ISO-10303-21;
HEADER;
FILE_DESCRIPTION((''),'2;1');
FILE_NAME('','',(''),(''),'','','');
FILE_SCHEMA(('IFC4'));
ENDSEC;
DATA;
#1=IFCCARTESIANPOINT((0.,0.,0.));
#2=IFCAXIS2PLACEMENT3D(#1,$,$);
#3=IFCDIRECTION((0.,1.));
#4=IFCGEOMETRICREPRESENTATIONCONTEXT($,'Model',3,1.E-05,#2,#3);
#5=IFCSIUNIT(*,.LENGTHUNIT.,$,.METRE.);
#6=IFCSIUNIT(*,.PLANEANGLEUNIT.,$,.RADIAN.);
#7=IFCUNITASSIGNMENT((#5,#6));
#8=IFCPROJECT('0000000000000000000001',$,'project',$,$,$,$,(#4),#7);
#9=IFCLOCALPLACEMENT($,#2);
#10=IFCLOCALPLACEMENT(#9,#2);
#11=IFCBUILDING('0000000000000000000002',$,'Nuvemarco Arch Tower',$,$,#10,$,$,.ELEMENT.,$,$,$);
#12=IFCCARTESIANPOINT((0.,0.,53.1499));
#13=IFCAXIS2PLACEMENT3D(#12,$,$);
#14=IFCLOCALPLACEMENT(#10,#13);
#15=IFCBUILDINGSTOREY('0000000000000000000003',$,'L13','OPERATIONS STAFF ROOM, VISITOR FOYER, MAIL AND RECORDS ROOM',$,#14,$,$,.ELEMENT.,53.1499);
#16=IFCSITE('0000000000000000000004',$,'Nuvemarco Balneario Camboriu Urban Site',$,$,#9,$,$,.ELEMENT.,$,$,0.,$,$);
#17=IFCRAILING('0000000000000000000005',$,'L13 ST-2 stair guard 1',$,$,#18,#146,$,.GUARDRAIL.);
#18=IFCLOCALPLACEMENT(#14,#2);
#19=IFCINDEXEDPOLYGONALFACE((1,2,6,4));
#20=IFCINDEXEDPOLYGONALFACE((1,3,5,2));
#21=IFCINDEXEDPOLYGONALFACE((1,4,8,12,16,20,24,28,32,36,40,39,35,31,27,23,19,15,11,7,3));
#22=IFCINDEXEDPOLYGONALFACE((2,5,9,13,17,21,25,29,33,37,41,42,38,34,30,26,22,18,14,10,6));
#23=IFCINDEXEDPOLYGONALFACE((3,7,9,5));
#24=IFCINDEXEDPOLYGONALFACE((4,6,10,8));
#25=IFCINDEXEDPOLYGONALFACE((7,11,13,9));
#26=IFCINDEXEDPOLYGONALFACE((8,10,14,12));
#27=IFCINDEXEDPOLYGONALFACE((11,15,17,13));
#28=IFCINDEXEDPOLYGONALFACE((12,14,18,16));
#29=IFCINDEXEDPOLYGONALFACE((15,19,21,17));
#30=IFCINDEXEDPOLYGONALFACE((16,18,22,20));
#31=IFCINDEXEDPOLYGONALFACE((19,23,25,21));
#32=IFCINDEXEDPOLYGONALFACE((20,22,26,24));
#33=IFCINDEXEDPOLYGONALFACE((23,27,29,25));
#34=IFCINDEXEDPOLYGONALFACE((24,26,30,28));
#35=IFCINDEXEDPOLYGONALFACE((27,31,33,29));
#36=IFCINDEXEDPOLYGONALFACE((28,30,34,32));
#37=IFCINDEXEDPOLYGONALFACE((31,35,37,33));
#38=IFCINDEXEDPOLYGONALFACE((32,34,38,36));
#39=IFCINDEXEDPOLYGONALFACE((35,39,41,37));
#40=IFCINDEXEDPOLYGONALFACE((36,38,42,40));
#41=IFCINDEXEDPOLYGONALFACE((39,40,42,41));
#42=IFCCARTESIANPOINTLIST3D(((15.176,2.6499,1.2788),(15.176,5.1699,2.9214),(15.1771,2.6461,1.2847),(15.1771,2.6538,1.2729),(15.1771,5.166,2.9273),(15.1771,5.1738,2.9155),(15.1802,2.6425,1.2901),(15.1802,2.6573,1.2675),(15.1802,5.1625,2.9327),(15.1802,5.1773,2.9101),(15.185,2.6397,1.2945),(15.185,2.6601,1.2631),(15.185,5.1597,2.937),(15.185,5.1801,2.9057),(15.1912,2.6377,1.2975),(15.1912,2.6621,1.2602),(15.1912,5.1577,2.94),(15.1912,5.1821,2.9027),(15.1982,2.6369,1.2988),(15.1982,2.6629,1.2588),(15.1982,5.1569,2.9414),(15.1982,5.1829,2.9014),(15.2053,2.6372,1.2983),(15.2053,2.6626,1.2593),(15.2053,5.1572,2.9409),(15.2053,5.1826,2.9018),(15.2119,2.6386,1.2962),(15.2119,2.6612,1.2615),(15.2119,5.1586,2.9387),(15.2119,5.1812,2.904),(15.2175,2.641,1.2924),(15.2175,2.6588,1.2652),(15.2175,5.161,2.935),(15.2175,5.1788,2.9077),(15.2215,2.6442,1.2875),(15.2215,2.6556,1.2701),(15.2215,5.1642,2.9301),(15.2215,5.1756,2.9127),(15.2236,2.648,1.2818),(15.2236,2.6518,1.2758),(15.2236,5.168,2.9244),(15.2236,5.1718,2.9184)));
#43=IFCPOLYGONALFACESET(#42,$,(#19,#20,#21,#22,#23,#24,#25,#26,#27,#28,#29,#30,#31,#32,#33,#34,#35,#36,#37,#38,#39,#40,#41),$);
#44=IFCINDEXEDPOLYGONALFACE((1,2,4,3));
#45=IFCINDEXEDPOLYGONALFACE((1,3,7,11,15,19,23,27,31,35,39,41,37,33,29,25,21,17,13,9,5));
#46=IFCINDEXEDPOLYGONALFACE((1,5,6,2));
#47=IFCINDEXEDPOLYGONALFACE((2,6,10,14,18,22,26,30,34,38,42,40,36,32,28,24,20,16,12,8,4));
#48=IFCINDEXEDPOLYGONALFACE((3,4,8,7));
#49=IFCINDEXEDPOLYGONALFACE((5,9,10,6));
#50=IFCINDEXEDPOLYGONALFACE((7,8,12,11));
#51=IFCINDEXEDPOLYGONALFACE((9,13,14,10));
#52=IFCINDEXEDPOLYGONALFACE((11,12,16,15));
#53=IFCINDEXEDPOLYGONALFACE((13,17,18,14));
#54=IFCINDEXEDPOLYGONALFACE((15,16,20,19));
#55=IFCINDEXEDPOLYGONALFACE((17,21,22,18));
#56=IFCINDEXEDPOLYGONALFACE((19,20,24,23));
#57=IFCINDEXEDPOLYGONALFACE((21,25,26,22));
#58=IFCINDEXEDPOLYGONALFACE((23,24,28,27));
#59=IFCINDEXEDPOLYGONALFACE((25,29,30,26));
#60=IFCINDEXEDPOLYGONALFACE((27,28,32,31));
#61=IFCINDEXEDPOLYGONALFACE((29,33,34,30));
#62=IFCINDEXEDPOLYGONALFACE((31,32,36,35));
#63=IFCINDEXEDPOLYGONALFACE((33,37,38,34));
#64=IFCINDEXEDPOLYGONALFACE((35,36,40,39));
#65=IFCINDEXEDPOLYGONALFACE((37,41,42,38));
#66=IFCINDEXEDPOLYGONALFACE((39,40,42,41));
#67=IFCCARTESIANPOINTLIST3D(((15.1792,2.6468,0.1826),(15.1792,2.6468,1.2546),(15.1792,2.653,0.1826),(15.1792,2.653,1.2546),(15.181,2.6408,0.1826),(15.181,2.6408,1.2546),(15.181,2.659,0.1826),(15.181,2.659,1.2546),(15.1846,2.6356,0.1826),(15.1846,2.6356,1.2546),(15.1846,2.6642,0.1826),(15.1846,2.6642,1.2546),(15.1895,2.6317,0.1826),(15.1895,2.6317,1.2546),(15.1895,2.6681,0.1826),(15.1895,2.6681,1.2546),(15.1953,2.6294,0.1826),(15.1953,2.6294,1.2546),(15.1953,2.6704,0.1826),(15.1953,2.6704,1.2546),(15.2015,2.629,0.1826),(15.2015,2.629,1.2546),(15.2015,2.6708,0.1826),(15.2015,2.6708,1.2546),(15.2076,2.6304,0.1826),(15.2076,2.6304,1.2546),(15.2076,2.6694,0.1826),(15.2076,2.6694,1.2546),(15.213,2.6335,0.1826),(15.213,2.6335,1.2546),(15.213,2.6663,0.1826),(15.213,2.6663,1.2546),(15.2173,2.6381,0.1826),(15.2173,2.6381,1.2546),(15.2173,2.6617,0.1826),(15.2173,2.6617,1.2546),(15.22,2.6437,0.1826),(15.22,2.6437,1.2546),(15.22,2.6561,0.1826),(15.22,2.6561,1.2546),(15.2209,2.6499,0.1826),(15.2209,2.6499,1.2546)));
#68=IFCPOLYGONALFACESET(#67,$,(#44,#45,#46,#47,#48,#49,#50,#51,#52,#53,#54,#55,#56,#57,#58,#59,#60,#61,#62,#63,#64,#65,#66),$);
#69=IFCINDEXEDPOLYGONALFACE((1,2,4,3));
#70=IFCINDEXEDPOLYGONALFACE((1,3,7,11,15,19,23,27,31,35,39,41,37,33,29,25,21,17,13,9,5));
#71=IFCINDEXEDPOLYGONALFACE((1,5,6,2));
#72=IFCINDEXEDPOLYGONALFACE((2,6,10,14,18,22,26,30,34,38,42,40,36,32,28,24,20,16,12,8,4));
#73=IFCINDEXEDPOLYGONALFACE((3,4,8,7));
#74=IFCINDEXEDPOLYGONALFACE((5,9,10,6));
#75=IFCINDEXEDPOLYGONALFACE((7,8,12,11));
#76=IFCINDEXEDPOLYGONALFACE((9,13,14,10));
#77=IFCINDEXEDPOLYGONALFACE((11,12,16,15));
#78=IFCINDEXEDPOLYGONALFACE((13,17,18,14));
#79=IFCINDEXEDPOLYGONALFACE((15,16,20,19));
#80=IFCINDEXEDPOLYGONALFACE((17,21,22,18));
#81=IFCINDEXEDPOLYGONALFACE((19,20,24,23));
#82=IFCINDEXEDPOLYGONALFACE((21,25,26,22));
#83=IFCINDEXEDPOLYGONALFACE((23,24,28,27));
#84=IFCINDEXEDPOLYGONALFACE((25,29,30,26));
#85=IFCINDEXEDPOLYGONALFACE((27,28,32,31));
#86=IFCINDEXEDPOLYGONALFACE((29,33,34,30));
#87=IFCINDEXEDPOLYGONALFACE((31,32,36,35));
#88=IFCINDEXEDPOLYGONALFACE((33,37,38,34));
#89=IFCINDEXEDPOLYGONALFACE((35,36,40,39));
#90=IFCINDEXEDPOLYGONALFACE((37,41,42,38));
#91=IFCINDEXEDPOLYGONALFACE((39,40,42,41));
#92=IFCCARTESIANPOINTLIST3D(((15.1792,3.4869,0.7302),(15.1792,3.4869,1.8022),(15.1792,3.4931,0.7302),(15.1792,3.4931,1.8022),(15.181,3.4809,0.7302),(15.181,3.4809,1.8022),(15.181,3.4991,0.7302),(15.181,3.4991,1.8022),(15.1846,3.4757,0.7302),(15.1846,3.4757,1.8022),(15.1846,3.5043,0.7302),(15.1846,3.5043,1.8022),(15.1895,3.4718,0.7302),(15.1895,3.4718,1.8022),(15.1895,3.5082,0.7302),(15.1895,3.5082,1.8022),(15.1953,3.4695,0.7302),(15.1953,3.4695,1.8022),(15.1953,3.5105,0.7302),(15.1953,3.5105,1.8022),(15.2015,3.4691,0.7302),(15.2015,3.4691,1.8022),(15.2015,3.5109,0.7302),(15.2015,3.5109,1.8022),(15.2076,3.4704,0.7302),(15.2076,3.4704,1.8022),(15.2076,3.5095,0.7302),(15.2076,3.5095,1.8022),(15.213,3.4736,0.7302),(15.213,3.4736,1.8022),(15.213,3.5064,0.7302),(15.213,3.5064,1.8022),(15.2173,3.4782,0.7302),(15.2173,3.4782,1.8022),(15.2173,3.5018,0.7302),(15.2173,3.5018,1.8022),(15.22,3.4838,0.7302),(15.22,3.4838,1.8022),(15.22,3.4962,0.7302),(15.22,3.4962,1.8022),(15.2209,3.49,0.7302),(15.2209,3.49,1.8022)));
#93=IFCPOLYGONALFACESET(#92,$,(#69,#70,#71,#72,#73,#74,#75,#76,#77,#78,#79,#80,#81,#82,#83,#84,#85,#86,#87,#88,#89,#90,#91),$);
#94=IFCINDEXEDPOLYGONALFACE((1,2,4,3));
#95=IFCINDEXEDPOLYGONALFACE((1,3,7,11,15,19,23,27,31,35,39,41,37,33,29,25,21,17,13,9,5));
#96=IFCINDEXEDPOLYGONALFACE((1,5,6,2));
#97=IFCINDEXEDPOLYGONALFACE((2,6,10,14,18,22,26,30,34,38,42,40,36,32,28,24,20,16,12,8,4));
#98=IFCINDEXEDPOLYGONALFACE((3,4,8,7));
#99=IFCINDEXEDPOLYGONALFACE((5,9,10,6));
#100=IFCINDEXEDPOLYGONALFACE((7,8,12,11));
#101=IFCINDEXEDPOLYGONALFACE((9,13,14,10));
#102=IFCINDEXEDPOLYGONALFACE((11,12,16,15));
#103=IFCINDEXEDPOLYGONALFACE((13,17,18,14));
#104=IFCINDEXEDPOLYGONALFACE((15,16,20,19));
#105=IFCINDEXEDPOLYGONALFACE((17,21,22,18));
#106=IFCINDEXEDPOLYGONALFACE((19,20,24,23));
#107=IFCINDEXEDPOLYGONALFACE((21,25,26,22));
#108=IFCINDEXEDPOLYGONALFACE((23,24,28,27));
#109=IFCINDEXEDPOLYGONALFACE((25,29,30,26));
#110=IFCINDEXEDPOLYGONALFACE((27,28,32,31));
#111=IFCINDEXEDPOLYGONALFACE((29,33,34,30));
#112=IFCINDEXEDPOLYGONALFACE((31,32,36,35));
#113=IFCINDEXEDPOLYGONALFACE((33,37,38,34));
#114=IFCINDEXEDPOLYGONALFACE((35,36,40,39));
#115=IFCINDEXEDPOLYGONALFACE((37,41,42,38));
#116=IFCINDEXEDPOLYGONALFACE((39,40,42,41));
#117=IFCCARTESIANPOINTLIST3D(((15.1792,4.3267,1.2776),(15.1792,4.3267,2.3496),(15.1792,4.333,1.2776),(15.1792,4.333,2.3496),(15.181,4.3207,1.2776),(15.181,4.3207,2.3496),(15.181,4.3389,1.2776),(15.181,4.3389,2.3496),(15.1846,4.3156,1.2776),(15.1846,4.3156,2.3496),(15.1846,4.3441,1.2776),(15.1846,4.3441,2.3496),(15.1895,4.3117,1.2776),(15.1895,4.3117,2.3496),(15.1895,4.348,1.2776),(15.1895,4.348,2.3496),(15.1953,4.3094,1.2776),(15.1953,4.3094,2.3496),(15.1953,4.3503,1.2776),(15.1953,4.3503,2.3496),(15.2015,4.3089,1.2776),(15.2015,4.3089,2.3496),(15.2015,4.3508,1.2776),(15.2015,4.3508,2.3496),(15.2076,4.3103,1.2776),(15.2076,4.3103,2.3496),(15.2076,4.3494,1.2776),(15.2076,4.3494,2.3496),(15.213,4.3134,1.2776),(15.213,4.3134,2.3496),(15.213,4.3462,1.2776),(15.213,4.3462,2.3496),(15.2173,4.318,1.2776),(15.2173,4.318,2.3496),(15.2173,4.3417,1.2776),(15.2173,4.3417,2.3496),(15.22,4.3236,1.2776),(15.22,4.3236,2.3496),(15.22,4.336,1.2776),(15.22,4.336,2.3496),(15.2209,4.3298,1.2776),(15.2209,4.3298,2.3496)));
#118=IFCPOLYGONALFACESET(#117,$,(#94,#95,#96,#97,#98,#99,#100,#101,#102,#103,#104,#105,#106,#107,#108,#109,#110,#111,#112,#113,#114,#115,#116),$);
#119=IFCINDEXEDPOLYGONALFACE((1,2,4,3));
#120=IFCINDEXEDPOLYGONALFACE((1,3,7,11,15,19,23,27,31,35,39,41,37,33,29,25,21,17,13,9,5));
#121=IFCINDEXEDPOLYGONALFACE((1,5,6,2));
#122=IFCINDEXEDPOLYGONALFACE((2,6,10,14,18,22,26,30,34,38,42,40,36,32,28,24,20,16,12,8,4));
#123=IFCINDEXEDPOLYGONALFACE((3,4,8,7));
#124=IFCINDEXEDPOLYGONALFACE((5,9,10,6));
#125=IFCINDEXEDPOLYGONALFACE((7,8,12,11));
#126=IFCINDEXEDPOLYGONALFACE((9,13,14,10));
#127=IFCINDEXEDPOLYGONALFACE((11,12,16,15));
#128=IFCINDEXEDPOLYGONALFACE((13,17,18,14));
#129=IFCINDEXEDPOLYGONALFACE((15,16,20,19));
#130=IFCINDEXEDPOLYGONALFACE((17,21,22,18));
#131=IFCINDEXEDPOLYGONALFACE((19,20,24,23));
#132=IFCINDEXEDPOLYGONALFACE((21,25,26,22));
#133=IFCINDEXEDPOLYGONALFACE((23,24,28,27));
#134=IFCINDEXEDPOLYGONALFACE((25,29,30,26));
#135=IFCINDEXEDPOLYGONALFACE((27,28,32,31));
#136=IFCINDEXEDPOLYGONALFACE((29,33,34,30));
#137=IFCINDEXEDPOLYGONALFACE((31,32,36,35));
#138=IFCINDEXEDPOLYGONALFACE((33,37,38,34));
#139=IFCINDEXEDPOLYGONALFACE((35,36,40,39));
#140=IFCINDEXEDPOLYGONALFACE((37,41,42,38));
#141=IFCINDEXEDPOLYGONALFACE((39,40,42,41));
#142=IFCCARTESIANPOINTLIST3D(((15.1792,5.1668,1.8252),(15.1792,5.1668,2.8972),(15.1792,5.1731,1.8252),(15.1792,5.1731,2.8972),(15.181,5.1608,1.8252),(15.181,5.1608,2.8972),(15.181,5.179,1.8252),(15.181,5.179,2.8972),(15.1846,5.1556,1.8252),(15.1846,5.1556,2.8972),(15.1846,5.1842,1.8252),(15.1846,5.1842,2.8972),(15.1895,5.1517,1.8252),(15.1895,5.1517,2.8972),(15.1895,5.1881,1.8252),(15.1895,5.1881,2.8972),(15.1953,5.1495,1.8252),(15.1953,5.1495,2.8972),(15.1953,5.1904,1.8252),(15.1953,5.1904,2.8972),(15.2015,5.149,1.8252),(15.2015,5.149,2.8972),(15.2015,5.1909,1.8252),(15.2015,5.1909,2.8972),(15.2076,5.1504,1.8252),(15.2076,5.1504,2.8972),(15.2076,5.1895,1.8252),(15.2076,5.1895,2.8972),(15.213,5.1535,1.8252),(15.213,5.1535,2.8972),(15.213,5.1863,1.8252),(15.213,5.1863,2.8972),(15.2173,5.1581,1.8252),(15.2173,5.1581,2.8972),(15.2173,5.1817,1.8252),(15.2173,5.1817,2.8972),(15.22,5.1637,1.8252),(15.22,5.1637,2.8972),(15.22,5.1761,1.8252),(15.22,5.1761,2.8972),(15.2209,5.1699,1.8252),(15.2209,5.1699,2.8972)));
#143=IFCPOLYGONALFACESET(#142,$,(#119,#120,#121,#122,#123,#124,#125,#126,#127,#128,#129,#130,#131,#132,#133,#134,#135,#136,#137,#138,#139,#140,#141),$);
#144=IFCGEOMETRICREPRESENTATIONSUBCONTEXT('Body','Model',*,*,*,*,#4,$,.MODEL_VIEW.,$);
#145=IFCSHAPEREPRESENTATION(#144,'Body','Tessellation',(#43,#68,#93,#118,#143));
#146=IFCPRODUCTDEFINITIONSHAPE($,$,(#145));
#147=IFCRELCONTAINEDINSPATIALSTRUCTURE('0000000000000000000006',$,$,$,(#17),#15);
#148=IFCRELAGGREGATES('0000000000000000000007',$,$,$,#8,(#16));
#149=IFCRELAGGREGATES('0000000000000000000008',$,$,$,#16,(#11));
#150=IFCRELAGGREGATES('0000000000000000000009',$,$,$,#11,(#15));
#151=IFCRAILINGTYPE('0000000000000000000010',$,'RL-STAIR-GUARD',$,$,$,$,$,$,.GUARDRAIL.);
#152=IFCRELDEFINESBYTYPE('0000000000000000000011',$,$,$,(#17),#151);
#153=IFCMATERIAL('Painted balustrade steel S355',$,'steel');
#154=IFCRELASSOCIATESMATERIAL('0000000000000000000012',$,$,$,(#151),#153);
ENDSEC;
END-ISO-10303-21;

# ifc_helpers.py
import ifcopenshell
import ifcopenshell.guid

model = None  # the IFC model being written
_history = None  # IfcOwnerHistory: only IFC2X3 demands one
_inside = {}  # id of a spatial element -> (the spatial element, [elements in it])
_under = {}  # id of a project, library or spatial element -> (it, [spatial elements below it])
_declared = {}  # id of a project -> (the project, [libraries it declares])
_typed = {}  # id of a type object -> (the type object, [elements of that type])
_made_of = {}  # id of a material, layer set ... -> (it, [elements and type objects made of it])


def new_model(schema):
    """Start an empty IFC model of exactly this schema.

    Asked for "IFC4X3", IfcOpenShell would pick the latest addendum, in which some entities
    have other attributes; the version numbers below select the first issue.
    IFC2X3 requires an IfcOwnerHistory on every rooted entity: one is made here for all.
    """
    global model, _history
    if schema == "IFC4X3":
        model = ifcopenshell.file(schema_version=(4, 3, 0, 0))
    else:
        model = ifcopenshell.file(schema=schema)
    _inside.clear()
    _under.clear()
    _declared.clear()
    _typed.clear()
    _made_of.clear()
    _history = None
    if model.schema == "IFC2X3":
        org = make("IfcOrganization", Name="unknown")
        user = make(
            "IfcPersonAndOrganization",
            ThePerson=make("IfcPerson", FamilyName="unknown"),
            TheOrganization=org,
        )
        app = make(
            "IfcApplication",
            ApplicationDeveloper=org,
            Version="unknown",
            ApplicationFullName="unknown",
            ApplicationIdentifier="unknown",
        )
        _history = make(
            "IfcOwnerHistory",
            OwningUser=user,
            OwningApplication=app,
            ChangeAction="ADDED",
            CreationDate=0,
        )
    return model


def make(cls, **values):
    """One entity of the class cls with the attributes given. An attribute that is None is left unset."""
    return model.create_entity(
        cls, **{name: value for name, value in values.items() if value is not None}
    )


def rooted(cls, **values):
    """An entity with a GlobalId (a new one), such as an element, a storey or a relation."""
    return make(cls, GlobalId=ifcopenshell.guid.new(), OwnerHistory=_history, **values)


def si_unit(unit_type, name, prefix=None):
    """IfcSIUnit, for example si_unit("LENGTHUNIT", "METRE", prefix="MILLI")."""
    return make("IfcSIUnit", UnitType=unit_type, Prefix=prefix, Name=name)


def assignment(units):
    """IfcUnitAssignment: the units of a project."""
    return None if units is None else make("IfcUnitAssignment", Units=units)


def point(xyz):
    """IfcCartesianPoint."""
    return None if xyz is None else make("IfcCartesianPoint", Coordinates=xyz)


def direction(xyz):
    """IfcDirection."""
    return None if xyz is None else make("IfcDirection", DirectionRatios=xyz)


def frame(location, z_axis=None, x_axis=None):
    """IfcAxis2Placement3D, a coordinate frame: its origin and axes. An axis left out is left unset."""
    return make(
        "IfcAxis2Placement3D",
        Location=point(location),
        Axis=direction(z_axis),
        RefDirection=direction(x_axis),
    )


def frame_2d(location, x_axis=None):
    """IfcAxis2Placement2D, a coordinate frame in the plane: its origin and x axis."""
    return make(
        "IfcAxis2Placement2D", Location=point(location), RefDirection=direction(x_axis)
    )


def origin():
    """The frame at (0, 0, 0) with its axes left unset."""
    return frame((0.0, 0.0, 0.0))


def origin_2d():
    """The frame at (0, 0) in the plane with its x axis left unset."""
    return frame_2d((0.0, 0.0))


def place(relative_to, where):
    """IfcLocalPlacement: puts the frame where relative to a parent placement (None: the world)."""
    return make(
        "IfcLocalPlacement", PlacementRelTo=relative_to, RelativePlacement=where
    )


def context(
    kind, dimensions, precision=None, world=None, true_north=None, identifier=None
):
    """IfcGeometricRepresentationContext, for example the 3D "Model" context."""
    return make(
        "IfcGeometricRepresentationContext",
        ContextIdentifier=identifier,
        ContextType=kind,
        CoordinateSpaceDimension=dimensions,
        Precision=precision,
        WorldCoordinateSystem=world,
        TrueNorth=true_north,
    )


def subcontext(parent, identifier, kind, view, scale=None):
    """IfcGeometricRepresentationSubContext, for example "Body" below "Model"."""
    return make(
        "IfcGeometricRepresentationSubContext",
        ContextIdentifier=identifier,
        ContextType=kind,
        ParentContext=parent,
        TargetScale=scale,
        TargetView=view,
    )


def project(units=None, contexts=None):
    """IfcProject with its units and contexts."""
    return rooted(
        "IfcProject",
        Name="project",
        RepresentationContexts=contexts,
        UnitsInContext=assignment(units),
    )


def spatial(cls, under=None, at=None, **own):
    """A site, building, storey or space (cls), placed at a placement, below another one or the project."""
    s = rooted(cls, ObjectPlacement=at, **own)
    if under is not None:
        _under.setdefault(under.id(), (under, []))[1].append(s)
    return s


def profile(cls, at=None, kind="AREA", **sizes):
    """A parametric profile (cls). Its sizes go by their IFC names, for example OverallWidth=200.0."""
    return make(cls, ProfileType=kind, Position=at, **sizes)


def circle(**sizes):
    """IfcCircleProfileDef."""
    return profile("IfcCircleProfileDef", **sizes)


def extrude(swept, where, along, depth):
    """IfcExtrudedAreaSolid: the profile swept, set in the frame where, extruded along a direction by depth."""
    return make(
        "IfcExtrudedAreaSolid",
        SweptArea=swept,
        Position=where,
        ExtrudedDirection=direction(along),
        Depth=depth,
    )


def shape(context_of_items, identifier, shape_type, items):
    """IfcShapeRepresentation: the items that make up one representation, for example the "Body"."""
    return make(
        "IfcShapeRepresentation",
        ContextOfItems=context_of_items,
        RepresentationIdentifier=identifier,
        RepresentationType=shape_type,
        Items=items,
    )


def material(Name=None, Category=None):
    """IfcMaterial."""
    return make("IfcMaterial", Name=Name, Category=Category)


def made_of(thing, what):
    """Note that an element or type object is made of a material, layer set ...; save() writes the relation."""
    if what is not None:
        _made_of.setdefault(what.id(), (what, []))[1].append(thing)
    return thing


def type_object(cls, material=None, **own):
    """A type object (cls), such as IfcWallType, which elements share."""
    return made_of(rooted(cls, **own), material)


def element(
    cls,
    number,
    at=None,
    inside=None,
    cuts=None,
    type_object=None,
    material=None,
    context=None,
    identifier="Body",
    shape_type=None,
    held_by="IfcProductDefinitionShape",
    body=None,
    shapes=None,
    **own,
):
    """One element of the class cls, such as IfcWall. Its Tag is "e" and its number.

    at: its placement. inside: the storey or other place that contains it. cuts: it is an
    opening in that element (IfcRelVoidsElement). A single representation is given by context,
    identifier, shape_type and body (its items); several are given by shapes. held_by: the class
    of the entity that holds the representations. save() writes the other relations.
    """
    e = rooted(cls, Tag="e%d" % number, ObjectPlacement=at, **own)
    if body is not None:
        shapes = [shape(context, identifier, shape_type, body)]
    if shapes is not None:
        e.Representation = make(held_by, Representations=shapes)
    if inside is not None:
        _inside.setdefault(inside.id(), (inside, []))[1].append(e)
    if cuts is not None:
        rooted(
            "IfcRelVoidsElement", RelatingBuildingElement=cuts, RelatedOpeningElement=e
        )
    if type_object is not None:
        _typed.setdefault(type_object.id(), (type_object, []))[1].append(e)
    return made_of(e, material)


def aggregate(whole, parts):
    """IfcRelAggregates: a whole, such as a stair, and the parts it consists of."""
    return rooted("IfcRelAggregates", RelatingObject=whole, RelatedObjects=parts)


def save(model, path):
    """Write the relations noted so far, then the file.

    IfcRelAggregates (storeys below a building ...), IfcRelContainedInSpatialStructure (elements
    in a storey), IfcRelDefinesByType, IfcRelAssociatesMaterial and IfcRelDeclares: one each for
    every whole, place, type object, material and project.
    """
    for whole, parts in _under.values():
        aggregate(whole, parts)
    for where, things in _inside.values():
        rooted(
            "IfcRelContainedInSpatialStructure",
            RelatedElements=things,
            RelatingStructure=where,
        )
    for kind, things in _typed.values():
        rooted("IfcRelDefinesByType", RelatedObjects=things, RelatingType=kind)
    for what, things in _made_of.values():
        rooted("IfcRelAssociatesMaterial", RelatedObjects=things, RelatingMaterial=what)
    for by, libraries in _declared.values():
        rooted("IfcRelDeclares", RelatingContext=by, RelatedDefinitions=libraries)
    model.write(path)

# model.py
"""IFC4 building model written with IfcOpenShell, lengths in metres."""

from ifc_helpers import new_model, si_unit, direction, frame, origin, origin_2d, place, context, subcontext, project, spatial, circle, extrude, material, type_object, element, save


model = new_model("IFC4")

# Units and contexts
model_context = context("Model", 3, precision=1e-05, world=origin(), true_north=direction((0.0, 1.0)))
body_context = subcontext(model_context, "Body", "Model", "MODEL_VIEW")
ifc_project = project(units=[si_unit("LENGTHUNIT", "METRE"), si_unit("PLANEANGLEUNIT", "RADIAN")], contexts=[model_context])

# Site, building, storey
site_placement = place(None, origin())
site = spatial("IfcSite", under=ifc_project, at=site_placement, Name="Nuvemarco Balneario Camboriu Urban Site", CompositionType="ELEMENT", RefElevation=0.0)
building_placement = place(site_placement, origin())
building = spatial("IfcBuilding", under=site, at=building_placement, Name="Nuvemarco Arch Tower", CompositionType="ELEMENT")
storey_placement = place(building_placement, frame((0.0, 0.0, 53.1499)))
storey = spatial("IfcBuildingStorey", under=building, at=storey_placement, Name="L13", Description="OPERATIONS STAFF ROOM, VISITOR FOYER, MAIL AND RECORDS ROOM", CompositionType="ELEMENT", Elevation=53.1499)

# Railing
ifc_material_1 = material(Name="Painted balustrade steel S355", Category="steel")
railing_type_1 = type_object("IfcRailingType", Name="RL-STAIR-GUARD", PredefinedType="GUARDRAIL", material=ifc_material_1)
railing_1_placement = place(storey_placement, frame((15.2, 2.6499, 0.1826)))
element("IfcRailing", 1, at=railing_1_placement, inside=storey, type_object=railing_type_1, Name="L13 ST-2 stair guard 1", PredefinedType="GUARDRAIL", context=body_context, shape_type="SweptSolid", body=[
    extrude(circle(Radius=0.0239, at=origin_2d()), frame((0.0, 0.0, 1.0962), z_axis=(0.0, 0.837749, 0.546055), x_axis=(-1.0, 0.0, 0.0)), (0.0, 0.0, 1.0), 3.0081),
    extrude(circle(Radius=0.021, at=origin_2d()), origin(), (0.0, 0.0, 1.0), 1.072),
    extrude(circle(Radius=0.021, at=origin_2d()), frame((0.0, 0.8401, 0.5476)), (0.0, 0.0, 1.0), 1.072),
    extrude(circle(Radius=0.021, at=origin_2d()), frame((0.0, 1.6799, 1.095)), (0.0, 0.0, 1.0), 1.072),
    extrude(circle(Radius=0.021, at=origin_2d()), frame((0.0, 2.52, 1.6426)), (0.0, 0.0, 1.0), 1.072),
])

save(model, "model.ifc")
